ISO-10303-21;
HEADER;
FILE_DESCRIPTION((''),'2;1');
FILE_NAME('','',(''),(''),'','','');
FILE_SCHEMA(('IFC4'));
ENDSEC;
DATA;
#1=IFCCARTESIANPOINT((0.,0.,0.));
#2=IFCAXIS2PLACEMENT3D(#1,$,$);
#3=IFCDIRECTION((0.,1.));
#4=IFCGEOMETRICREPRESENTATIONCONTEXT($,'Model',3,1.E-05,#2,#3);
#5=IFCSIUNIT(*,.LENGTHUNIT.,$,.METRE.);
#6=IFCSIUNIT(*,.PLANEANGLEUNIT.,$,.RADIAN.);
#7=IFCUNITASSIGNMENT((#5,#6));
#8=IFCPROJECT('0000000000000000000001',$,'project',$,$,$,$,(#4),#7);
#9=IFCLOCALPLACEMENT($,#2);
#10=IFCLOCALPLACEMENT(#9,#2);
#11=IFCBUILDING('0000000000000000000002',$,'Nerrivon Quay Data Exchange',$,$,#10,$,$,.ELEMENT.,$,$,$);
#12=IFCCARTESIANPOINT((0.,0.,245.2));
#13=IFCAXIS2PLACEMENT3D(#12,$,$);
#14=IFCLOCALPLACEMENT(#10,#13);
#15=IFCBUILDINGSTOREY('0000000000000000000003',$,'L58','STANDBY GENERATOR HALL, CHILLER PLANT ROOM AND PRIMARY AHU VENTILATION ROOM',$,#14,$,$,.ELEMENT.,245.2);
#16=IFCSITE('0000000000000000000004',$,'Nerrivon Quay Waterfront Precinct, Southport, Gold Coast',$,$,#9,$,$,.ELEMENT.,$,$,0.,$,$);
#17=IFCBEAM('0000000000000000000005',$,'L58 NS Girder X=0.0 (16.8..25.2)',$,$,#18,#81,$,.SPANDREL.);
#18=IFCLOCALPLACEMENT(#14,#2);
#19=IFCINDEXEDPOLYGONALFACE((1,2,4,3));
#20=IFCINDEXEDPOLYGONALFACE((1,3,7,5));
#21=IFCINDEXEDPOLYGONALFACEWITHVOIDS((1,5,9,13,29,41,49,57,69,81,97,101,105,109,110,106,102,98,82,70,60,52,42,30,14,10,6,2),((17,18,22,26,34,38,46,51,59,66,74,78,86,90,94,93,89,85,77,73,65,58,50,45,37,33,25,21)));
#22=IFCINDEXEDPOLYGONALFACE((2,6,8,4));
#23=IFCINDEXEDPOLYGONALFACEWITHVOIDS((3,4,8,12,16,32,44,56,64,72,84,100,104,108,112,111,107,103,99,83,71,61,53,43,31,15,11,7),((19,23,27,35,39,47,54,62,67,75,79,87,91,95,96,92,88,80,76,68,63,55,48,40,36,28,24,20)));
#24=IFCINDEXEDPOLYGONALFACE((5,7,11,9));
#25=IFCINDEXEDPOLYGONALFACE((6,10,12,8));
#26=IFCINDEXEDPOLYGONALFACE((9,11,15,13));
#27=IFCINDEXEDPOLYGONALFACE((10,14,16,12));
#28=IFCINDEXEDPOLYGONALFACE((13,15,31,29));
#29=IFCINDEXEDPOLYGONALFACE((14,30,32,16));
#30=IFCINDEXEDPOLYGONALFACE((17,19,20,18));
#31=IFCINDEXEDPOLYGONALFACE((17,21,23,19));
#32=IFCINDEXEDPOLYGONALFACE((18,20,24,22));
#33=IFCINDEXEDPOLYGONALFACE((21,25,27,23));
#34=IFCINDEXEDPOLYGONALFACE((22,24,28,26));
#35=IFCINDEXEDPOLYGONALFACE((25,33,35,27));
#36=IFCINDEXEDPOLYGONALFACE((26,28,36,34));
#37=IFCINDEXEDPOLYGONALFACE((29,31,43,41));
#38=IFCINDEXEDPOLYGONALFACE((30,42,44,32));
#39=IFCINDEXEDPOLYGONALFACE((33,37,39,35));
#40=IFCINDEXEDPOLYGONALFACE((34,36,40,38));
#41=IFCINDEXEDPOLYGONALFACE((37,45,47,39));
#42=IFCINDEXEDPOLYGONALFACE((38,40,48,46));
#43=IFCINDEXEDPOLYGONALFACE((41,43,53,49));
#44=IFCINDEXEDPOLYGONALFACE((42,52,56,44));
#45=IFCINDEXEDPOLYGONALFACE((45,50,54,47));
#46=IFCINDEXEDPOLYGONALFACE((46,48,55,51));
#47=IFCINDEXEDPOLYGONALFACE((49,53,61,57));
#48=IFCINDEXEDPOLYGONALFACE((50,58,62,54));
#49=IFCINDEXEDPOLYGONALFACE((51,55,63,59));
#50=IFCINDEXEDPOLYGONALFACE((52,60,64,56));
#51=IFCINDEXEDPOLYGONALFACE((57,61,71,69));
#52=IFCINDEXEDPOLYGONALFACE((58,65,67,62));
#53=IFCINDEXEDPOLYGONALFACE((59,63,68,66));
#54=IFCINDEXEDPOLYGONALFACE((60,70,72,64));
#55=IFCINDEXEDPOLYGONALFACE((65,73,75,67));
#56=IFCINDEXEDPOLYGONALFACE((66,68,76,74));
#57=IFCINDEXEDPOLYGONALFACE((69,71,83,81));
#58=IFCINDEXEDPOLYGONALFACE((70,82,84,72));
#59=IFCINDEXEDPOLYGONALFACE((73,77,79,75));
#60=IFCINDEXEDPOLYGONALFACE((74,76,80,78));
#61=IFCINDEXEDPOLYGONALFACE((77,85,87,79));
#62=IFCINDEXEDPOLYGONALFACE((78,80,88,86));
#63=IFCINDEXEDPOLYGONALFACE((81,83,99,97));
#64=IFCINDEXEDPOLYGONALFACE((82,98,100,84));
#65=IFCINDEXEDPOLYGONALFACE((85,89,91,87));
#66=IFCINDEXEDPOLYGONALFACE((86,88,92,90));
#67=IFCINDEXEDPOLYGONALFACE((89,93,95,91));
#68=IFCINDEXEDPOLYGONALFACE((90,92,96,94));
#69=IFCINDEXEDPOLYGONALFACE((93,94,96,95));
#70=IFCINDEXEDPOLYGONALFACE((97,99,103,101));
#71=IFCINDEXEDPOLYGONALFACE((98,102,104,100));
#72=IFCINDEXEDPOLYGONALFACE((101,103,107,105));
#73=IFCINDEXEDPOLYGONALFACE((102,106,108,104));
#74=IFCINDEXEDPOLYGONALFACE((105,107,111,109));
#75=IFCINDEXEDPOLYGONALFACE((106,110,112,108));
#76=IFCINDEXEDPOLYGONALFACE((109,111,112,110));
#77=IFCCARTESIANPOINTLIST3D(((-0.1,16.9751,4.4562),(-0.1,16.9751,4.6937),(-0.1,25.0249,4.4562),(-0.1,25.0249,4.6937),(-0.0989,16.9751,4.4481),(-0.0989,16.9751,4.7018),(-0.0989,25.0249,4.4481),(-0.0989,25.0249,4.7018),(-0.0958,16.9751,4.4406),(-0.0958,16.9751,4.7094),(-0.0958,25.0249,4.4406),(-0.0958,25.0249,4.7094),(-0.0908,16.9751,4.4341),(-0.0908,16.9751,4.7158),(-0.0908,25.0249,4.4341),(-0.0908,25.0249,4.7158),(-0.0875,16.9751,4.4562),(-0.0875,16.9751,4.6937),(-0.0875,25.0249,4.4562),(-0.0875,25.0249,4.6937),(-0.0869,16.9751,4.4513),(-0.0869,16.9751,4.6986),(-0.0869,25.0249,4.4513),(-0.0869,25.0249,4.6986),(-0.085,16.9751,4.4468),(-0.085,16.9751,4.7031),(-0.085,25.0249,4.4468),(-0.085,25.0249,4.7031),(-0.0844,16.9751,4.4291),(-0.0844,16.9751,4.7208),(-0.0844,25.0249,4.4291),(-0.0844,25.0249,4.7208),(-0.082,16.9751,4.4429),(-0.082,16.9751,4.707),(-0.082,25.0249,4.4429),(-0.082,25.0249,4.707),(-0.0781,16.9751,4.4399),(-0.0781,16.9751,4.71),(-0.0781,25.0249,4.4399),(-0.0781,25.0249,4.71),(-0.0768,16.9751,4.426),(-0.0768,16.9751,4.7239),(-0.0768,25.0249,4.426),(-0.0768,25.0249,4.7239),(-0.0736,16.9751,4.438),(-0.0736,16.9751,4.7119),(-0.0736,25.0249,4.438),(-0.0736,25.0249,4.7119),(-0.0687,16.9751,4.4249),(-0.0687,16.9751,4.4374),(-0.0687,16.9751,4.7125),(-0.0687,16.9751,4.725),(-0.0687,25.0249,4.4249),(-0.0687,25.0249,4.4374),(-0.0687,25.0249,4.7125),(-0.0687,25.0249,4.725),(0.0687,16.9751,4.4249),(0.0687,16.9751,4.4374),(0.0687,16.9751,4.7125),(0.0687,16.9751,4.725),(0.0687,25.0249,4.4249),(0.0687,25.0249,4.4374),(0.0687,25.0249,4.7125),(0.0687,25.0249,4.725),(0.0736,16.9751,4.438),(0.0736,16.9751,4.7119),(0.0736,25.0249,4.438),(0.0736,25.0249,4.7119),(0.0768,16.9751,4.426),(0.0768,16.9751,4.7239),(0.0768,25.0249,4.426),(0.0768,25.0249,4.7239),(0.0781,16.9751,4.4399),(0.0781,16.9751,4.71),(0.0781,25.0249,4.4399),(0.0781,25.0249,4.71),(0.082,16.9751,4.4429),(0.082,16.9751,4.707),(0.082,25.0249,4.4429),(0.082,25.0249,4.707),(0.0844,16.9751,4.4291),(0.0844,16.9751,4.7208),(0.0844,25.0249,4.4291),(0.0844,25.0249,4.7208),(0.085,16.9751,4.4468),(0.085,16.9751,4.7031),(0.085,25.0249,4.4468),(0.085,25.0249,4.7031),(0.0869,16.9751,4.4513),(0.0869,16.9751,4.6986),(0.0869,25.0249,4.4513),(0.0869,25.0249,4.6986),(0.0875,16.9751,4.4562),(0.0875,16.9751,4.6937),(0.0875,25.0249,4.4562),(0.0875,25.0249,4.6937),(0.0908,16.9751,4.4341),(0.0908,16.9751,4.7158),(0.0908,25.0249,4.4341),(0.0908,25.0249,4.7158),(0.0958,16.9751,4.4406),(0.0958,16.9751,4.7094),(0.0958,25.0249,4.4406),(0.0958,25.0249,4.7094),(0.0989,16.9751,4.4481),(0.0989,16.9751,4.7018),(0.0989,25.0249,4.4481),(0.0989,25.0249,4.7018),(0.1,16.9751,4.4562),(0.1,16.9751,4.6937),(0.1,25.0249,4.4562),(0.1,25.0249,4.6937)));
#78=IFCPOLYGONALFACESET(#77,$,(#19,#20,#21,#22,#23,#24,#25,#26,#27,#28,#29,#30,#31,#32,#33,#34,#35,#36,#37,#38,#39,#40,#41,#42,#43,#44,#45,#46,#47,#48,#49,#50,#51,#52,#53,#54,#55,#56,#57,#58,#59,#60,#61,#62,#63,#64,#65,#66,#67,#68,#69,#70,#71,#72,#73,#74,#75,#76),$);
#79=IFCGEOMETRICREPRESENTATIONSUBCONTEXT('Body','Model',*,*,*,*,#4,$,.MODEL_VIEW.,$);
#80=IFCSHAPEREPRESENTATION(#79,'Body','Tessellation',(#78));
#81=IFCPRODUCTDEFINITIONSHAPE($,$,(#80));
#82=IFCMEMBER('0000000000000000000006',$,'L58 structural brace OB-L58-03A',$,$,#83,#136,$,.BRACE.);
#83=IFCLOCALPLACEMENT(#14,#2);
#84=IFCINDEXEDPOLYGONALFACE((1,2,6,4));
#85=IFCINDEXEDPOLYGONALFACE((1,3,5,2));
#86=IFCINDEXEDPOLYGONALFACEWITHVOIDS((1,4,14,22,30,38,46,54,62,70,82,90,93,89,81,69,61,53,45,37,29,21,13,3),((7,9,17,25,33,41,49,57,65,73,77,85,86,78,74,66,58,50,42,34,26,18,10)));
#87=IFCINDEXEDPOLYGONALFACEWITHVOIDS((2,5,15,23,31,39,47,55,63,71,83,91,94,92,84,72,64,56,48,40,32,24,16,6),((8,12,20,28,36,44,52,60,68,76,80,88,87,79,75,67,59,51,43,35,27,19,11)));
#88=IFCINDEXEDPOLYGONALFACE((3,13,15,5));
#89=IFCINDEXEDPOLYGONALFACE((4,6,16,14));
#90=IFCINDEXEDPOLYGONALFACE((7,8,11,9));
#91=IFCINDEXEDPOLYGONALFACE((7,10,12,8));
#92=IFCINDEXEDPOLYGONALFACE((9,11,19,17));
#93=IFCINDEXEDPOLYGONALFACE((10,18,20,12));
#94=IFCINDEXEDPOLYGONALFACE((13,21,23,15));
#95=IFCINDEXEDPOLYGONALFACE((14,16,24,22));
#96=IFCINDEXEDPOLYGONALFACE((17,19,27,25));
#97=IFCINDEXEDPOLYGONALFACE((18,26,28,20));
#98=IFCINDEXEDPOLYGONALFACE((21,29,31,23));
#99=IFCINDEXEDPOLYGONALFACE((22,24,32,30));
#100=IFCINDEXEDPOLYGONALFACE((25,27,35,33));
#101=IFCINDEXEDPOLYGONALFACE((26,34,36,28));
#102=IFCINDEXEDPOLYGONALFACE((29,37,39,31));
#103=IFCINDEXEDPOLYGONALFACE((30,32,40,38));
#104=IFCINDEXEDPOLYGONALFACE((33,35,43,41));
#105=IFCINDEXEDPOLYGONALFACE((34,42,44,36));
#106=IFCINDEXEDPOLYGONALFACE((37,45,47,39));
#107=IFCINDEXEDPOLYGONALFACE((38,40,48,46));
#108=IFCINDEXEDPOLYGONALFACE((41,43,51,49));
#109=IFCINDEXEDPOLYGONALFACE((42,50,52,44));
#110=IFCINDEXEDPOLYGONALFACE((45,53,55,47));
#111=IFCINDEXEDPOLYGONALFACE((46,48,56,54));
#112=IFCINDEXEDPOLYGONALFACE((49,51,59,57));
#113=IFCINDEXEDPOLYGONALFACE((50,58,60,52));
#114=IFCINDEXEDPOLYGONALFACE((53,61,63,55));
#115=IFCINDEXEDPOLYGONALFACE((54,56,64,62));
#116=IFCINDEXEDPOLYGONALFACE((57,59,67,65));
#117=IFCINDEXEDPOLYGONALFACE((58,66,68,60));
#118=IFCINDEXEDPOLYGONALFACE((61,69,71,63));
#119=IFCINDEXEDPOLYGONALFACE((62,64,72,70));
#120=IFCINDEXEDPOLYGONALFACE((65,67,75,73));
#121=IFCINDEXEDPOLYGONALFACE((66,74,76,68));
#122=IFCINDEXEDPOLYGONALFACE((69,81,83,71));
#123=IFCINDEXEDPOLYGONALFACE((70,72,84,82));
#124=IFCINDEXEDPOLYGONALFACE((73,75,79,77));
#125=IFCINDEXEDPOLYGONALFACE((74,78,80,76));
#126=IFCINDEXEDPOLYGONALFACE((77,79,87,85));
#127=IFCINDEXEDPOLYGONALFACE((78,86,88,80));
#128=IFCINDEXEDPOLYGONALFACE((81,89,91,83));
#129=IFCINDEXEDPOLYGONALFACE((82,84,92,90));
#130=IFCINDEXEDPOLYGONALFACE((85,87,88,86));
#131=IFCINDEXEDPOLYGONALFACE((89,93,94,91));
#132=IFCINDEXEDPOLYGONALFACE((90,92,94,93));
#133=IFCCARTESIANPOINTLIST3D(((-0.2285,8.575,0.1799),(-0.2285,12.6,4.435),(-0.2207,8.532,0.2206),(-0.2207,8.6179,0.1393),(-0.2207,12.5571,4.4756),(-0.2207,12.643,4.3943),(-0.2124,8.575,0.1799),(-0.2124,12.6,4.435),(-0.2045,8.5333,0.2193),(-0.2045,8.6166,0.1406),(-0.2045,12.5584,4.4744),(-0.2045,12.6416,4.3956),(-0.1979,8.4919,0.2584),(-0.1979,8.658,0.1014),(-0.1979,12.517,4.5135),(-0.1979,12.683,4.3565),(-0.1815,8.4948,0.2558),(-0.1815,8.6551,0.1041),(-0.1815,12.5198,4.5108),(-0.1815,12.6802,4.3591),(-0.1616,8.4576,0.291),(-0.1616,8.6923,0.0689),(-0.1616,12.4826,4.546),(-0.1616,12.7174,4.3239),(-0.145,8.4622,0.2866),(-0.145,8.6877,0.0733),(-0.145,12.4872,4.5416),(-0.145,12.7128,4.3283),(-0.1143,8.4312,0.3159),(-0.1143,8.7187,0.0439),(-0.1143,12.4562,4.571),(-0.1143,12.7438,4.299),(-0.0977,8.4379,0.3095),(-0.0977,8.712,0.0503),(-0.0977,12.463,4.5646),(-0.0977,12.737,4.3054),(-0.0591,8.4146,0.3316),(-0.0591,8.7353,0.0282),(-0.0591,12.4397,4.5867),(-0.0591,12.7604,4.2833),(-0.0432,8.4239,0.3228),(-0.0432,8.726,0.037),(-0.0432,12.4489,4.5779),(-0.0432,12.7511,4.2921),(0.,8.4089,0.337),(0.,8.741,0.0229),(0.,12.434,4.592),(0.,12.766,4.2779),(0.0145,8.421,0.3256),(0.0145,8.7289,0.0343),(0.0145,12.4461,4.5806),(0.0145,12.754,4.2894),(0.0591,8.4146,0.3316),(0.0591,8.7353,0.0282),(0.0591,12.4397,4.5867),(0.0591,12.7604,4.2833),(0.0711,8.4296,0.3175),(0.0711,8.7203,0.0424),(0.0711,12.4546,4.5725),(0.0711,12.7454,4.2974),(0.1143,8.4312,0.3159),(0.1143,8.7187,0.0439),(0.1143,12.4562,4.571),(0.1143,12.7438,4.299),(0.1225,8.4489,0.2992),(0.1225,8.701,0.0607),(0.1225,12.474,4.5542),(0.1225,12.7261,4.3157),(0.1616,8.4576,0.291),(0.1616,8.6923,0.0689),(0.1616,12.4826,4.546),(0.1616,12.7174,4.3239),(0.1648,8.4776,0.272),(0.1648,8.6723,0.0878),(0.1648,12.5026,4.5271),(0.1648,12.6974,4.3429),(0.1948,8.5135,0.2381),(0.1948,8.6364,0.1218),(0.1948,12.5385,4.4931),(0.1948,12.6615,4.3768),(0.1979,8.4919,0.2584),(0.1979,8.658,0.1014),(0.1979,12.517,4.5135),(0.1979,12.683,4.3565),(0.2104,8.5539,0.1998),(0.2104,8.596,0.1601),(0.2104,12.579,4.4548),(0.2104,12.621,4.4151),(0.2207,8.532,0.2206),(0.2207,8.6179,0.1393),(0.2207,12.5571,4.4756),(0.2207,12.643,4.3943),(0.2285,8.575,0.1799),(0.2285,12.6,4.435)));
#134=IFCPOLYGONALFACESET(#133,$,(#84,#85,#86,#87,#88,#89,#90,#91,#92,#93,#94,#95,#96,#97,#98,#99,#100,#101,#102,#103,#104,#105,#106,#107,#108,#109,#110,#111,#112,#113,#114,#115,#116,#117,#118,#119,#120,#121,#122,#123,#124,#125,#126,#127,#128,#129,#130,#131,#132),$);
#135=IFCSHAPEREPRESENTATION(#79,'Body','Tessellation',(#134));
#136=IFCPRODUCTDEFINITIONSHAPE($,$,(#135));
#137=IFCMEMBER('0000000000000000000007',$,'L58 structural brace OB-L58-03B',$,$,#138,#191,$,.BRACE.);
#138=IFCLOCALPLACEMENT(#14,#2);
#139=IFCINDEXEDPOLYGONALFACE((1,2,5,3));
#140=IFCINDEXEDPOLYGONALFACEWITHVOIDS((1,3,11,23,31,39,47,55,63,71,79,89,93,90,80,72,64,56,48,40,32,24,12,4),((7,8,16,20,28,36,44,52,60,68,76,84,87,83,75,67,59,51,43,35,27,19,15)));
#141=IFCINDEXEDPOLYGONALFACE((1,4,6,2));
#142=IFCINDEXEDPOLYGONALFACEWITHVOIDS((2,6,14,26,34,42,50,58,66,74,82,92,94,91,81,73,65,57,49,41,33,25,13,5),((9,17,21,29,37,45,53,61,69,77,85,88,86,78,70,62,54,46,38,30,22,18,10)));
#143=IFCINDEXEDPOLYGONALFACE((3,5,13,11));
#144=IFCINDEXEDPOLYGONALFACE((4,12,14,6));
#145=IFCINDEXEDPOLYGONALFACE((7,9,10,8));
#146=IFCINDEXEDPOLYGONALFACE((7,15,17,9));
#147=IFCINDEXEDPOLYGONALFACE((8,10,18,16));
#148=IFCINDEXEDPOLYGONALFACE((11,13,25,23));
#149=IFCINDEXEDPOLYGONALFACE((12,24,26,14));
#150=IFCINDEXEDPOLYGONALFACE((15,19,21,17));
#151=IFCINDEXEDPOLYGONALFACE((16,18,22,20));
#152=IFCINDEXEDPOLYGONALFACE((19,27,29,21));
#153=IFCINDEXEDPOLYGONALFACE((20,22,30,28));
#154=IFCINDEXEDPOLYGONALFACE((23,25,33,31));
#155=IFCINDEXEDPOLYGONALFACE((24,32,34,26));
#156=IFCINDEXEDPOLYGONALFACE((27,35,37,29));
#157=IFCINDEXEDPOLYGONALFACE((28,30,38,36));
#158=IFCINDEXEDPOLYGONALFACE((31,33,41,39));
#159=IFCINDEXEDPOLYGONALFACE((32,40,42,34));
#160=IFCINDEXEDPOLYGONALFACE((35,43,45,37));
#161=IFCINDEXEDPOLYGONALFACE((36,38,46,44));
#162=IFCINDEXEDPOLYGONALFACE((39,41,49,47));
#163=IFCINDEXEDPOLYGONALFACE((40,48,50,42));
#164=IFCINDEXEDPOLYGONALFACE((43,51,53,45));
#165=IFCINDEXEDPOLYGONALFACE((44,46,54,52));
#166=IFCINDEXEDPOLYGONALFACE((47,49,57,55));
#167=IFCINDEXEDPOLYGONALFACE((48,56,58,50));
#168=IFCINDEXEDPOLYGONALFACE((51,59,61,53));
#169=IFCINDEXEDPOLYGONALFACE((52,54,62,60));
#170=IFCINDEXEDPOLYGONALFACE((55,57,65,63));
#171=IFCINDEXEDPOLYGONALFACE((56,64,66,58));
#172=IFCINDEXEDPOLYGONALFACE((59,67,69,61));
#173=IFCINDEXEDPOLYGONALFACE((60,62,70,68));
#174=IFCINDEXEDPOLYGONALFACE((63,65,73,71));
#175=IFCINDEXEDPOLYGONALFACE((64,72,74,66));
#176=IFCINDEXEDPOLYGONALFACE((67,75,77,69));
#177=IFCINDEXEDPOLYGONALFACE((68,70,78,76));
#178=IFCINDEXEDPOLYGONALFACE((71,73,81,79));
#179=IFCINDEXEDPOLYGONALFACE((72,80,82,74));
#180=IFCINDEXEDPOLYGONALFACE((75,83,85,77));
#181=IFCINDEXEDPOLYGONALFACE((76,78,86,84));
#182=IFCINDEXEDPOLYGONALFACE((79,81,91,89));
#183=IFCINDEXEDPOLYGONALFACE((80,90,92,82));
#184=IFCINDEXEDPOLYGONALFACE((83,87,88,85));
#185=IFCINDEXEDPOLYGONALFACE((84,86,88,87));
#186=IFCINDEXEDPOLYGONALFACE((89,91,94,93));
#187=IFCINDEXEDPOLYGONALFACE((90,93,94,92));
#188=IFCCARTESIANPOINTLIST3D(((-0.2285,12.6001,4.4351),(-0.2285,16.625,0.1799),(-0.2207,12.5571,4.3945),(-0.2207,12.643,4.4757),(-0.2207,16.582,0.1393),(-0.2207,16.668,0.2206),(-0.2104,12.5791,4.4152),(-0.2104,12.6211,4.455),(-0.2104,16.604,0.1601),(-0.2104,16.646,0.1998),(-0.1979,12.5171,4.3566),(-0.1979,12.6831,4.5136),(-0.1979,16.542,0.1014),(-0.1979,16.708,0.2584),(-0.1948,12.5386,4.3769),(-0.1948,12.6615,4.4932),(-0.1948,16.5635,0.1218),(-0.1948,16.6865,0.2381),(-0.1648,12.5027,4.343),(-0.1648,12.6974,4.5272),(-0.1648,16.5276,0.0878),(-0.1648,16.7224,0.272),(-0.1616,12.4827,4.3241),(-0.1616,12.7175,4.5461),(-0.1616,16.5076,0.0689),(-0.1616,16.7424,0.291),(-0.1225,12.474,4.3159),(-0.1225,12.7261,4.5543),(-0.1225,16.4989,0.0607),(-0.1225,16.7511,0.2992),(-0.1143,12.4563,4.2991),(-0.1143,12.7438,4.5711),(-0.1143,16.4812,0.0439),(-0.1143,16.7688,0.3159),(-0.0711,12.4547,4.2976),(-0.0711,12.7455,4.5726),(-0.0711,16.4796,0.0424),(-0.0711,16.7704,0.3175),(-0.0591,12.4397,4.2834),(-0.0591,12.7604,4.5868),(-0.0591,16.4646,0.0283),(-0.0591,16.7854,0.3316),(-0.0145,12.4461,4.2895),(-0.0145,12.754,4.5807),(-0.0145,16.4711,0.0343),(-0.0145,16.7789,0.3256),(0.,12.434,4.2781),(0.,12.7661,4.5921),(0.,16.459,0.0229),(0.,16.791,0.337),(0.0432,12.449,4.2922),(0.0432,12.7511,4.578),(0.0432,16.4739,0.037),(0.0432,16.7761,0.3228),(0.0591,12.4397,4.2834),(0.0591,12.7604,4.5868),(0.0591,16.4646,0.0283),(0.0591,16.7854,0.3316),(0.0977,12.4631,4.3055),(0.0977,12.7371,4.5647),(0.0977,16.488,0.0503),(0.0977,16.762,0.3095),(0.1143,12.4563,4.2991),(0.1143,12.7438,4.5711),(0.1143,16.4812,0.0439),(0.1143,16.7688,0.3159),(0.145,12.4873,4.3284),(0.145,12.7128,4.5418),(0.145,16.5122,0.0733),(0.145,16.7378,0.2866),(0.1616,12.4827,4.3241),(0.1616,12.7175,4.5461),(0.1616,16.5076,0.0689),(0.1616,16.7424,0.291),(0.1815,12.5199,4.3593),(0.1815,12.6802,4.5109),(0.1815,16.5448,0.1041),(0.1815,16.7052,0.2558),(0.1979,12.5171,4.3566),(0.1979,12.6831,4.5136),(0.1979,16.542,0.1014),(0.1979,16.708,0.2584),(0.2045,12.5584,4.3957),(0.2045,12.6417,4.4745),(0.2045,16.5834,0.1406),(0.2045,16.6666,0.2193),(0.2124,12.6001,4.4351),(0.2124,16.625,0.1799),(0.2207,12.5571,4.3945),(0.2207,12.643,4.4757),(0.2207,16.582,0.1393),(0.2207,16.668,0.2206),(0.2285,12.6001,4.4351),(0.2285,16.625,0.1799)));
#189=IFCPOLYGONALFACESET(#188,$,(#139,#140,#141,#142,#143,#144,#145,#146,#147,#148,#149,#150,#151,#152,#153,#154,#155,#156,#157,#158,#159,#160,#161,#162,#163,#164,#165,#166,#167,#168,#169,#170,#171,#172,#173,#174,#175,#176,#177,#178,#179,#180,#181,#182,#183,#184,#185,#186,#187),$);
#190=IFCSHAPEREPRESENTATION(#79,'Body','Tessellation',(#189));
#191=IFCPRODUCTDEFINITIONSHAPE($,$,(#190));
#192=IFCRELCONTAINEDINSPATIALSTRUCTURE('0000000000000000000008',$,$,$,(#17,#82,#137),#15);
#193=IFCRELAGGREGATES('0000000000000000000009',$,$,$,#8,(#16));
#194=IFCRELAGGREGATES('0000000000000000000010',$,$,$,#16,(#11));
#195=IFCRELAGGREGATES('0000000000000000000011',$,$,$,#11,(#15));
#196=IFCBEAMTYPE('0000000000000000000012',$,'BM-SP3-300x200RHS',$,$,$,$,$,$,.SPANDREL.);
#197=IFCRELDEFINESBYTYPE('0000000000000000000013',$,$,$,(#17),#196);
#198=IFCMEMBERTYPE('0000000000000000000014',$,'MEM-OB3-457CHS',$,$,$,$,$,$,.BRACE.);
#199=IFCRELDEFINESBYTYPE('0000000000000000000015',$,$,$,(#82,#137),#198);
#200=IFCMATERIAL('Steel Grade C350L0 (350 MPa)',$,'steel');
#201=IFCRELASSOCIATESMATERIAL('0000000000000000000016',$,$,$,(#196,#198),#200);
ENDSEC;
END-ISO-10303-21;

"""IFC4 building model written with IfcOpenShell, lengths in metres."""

from ifc_helpers import new_model, si_unit, direction, frame, origin, origin_2d, place, context, subcontext, project, spatial, hollow_rectangle, hollow_circle, extrude, material, material_profile, profile_set, type_object, element, save


model = new_model("IFC4")

# Units and contexts
model_context = context("Model", 3, precision=1e-05, world=origin(), true_north=direction((0.0, 1.0)))
body_context = subcontext(model_context, "Body", "Model", "MODEL_VIEW")
ifc_project = project(units=[si_unit("LENGTHUNIT", "METRE"), si_unit("PLANEANGLEUNIT", "RADIAN")], contexts=[model_context])

# Site, building, storey
site_placement = place(None, origin())
site = spatial("IfcSite", under=ifc_project, at=site_placement, Name="Nerrivon Quay Waterfront Precinct, Southport, Gold Coast", CompositionType="ELEMENT", RefElevation=0.0)
building_placement = place(site_placement, origin())
building = spatial("IfcBuilding", under=site, at=building_placement, Name="Nerrivon Quay Data Exchange", CompositionType="ELEMENT")
storey_placement = place(building_placement, frame((0.0, 0.0, 245.2)))
storey = spatial("IfcBuildingStorey", under=building, at=storey_placement, Name="L58", Description="STANDBY GENERATOR HALL, CHILLER PLANT ROOM AND PRIMARY AHU VENTILATION ROOM", CompositionType="ELEMENT", Elevation=245.2)

# Beam
ifc_material_1 = material(Name="Steel Grade C350L0 (350 MPa)", Category="steel")
ifc_material_profile_1 = material_profile(ifc_material_1, hollow_rectangle(XDim=0.2, YDim=0.3, WallThickness=0.0125, InnerFilletRadius=0.0188, OuterFilletRadius=0.0312, at=origin_2d()), Name="300x200x12.5RHS")
ifc_profile_set_1 = profile_set([ifc_material_profile_1], Name="Steel Grade C350L0 (350 MPa)")
beam_type_1 = type_object("IfcBeamType", Name="BM-SP3-300x200RHS", PredefinedType="SPANDREL", material=ifc_profile_set_1)
beam_1_placement = place(storey_placement, frame((0.0, 16.9751, 4.575), z_axis=(0.0, 1.0, 0.0), x_axis=(-1.0, 0.0, 0.0)))
element("IfcBeam", 1, at=beam_1_placement, inside=storey, type_object=beam_type_1, Name="L58 NS Girder X=0.0 (16.8..25.2)", PredefinedType="SPANDREL", context=body_context, shape_type="SweptSolid", body=[
    extrude(hollow_rectangle(XDim=0.2, YDim=0.3, WallThickness=0.0125, InnerFilletRadius=0.0188, OuterFilletRadius=0.0312, at=origin_2d()), origin(), (0.0, 0.0, 1.0), 8.0498),
])

# Members
ifc_material_profile_2 = material_profile(ifc_material_1, hollow_circle(Radius=0.2285, WallThickness=0.0161, at=origin_2d()), Name="457.0x16.0CHS")
ifc_profile_set_2 = profile_set([ifc_material_profile_2], Name="Steel Grade C350L0 (350 MPa)")
member_type = type_object("IfcMemberType", Name="MEM-OB3-457CHS", PredefinedType="BRACE", material=ifc_profile_set_2)
for number, where, z_axis, x_axis, name in (
    (2, (0.0, 8.575, 0.1799), (0.0, 0.687202, 0.726466), (-1.0, 0.0, 0.0), "L58 structural brace OB-L58-03A"),
    (3, (0.0, 16.625, 0.1799), (0.0, -0.68718, 0.726487), (1.0, 0.0, 0.0), "L58 structural brace OB-L58-03B"),
):
    element("IfcMember", number, at=place(storey_placement, frame(where, z_axis=z_axis, x_axis=x_axis)), inside=storey, type_object=member_type, Name=name, PredefinedType="BRACE", context=body_context, shape_type="SweptSolid", body=[
        extrude(hollow_circle(Radius=0.2285, WallThickness=0.0161, at=origin_2d()), origin(), (0.0, 0.0, 1.0), 5.8572),
    ])

save(model, "model.ifc")
